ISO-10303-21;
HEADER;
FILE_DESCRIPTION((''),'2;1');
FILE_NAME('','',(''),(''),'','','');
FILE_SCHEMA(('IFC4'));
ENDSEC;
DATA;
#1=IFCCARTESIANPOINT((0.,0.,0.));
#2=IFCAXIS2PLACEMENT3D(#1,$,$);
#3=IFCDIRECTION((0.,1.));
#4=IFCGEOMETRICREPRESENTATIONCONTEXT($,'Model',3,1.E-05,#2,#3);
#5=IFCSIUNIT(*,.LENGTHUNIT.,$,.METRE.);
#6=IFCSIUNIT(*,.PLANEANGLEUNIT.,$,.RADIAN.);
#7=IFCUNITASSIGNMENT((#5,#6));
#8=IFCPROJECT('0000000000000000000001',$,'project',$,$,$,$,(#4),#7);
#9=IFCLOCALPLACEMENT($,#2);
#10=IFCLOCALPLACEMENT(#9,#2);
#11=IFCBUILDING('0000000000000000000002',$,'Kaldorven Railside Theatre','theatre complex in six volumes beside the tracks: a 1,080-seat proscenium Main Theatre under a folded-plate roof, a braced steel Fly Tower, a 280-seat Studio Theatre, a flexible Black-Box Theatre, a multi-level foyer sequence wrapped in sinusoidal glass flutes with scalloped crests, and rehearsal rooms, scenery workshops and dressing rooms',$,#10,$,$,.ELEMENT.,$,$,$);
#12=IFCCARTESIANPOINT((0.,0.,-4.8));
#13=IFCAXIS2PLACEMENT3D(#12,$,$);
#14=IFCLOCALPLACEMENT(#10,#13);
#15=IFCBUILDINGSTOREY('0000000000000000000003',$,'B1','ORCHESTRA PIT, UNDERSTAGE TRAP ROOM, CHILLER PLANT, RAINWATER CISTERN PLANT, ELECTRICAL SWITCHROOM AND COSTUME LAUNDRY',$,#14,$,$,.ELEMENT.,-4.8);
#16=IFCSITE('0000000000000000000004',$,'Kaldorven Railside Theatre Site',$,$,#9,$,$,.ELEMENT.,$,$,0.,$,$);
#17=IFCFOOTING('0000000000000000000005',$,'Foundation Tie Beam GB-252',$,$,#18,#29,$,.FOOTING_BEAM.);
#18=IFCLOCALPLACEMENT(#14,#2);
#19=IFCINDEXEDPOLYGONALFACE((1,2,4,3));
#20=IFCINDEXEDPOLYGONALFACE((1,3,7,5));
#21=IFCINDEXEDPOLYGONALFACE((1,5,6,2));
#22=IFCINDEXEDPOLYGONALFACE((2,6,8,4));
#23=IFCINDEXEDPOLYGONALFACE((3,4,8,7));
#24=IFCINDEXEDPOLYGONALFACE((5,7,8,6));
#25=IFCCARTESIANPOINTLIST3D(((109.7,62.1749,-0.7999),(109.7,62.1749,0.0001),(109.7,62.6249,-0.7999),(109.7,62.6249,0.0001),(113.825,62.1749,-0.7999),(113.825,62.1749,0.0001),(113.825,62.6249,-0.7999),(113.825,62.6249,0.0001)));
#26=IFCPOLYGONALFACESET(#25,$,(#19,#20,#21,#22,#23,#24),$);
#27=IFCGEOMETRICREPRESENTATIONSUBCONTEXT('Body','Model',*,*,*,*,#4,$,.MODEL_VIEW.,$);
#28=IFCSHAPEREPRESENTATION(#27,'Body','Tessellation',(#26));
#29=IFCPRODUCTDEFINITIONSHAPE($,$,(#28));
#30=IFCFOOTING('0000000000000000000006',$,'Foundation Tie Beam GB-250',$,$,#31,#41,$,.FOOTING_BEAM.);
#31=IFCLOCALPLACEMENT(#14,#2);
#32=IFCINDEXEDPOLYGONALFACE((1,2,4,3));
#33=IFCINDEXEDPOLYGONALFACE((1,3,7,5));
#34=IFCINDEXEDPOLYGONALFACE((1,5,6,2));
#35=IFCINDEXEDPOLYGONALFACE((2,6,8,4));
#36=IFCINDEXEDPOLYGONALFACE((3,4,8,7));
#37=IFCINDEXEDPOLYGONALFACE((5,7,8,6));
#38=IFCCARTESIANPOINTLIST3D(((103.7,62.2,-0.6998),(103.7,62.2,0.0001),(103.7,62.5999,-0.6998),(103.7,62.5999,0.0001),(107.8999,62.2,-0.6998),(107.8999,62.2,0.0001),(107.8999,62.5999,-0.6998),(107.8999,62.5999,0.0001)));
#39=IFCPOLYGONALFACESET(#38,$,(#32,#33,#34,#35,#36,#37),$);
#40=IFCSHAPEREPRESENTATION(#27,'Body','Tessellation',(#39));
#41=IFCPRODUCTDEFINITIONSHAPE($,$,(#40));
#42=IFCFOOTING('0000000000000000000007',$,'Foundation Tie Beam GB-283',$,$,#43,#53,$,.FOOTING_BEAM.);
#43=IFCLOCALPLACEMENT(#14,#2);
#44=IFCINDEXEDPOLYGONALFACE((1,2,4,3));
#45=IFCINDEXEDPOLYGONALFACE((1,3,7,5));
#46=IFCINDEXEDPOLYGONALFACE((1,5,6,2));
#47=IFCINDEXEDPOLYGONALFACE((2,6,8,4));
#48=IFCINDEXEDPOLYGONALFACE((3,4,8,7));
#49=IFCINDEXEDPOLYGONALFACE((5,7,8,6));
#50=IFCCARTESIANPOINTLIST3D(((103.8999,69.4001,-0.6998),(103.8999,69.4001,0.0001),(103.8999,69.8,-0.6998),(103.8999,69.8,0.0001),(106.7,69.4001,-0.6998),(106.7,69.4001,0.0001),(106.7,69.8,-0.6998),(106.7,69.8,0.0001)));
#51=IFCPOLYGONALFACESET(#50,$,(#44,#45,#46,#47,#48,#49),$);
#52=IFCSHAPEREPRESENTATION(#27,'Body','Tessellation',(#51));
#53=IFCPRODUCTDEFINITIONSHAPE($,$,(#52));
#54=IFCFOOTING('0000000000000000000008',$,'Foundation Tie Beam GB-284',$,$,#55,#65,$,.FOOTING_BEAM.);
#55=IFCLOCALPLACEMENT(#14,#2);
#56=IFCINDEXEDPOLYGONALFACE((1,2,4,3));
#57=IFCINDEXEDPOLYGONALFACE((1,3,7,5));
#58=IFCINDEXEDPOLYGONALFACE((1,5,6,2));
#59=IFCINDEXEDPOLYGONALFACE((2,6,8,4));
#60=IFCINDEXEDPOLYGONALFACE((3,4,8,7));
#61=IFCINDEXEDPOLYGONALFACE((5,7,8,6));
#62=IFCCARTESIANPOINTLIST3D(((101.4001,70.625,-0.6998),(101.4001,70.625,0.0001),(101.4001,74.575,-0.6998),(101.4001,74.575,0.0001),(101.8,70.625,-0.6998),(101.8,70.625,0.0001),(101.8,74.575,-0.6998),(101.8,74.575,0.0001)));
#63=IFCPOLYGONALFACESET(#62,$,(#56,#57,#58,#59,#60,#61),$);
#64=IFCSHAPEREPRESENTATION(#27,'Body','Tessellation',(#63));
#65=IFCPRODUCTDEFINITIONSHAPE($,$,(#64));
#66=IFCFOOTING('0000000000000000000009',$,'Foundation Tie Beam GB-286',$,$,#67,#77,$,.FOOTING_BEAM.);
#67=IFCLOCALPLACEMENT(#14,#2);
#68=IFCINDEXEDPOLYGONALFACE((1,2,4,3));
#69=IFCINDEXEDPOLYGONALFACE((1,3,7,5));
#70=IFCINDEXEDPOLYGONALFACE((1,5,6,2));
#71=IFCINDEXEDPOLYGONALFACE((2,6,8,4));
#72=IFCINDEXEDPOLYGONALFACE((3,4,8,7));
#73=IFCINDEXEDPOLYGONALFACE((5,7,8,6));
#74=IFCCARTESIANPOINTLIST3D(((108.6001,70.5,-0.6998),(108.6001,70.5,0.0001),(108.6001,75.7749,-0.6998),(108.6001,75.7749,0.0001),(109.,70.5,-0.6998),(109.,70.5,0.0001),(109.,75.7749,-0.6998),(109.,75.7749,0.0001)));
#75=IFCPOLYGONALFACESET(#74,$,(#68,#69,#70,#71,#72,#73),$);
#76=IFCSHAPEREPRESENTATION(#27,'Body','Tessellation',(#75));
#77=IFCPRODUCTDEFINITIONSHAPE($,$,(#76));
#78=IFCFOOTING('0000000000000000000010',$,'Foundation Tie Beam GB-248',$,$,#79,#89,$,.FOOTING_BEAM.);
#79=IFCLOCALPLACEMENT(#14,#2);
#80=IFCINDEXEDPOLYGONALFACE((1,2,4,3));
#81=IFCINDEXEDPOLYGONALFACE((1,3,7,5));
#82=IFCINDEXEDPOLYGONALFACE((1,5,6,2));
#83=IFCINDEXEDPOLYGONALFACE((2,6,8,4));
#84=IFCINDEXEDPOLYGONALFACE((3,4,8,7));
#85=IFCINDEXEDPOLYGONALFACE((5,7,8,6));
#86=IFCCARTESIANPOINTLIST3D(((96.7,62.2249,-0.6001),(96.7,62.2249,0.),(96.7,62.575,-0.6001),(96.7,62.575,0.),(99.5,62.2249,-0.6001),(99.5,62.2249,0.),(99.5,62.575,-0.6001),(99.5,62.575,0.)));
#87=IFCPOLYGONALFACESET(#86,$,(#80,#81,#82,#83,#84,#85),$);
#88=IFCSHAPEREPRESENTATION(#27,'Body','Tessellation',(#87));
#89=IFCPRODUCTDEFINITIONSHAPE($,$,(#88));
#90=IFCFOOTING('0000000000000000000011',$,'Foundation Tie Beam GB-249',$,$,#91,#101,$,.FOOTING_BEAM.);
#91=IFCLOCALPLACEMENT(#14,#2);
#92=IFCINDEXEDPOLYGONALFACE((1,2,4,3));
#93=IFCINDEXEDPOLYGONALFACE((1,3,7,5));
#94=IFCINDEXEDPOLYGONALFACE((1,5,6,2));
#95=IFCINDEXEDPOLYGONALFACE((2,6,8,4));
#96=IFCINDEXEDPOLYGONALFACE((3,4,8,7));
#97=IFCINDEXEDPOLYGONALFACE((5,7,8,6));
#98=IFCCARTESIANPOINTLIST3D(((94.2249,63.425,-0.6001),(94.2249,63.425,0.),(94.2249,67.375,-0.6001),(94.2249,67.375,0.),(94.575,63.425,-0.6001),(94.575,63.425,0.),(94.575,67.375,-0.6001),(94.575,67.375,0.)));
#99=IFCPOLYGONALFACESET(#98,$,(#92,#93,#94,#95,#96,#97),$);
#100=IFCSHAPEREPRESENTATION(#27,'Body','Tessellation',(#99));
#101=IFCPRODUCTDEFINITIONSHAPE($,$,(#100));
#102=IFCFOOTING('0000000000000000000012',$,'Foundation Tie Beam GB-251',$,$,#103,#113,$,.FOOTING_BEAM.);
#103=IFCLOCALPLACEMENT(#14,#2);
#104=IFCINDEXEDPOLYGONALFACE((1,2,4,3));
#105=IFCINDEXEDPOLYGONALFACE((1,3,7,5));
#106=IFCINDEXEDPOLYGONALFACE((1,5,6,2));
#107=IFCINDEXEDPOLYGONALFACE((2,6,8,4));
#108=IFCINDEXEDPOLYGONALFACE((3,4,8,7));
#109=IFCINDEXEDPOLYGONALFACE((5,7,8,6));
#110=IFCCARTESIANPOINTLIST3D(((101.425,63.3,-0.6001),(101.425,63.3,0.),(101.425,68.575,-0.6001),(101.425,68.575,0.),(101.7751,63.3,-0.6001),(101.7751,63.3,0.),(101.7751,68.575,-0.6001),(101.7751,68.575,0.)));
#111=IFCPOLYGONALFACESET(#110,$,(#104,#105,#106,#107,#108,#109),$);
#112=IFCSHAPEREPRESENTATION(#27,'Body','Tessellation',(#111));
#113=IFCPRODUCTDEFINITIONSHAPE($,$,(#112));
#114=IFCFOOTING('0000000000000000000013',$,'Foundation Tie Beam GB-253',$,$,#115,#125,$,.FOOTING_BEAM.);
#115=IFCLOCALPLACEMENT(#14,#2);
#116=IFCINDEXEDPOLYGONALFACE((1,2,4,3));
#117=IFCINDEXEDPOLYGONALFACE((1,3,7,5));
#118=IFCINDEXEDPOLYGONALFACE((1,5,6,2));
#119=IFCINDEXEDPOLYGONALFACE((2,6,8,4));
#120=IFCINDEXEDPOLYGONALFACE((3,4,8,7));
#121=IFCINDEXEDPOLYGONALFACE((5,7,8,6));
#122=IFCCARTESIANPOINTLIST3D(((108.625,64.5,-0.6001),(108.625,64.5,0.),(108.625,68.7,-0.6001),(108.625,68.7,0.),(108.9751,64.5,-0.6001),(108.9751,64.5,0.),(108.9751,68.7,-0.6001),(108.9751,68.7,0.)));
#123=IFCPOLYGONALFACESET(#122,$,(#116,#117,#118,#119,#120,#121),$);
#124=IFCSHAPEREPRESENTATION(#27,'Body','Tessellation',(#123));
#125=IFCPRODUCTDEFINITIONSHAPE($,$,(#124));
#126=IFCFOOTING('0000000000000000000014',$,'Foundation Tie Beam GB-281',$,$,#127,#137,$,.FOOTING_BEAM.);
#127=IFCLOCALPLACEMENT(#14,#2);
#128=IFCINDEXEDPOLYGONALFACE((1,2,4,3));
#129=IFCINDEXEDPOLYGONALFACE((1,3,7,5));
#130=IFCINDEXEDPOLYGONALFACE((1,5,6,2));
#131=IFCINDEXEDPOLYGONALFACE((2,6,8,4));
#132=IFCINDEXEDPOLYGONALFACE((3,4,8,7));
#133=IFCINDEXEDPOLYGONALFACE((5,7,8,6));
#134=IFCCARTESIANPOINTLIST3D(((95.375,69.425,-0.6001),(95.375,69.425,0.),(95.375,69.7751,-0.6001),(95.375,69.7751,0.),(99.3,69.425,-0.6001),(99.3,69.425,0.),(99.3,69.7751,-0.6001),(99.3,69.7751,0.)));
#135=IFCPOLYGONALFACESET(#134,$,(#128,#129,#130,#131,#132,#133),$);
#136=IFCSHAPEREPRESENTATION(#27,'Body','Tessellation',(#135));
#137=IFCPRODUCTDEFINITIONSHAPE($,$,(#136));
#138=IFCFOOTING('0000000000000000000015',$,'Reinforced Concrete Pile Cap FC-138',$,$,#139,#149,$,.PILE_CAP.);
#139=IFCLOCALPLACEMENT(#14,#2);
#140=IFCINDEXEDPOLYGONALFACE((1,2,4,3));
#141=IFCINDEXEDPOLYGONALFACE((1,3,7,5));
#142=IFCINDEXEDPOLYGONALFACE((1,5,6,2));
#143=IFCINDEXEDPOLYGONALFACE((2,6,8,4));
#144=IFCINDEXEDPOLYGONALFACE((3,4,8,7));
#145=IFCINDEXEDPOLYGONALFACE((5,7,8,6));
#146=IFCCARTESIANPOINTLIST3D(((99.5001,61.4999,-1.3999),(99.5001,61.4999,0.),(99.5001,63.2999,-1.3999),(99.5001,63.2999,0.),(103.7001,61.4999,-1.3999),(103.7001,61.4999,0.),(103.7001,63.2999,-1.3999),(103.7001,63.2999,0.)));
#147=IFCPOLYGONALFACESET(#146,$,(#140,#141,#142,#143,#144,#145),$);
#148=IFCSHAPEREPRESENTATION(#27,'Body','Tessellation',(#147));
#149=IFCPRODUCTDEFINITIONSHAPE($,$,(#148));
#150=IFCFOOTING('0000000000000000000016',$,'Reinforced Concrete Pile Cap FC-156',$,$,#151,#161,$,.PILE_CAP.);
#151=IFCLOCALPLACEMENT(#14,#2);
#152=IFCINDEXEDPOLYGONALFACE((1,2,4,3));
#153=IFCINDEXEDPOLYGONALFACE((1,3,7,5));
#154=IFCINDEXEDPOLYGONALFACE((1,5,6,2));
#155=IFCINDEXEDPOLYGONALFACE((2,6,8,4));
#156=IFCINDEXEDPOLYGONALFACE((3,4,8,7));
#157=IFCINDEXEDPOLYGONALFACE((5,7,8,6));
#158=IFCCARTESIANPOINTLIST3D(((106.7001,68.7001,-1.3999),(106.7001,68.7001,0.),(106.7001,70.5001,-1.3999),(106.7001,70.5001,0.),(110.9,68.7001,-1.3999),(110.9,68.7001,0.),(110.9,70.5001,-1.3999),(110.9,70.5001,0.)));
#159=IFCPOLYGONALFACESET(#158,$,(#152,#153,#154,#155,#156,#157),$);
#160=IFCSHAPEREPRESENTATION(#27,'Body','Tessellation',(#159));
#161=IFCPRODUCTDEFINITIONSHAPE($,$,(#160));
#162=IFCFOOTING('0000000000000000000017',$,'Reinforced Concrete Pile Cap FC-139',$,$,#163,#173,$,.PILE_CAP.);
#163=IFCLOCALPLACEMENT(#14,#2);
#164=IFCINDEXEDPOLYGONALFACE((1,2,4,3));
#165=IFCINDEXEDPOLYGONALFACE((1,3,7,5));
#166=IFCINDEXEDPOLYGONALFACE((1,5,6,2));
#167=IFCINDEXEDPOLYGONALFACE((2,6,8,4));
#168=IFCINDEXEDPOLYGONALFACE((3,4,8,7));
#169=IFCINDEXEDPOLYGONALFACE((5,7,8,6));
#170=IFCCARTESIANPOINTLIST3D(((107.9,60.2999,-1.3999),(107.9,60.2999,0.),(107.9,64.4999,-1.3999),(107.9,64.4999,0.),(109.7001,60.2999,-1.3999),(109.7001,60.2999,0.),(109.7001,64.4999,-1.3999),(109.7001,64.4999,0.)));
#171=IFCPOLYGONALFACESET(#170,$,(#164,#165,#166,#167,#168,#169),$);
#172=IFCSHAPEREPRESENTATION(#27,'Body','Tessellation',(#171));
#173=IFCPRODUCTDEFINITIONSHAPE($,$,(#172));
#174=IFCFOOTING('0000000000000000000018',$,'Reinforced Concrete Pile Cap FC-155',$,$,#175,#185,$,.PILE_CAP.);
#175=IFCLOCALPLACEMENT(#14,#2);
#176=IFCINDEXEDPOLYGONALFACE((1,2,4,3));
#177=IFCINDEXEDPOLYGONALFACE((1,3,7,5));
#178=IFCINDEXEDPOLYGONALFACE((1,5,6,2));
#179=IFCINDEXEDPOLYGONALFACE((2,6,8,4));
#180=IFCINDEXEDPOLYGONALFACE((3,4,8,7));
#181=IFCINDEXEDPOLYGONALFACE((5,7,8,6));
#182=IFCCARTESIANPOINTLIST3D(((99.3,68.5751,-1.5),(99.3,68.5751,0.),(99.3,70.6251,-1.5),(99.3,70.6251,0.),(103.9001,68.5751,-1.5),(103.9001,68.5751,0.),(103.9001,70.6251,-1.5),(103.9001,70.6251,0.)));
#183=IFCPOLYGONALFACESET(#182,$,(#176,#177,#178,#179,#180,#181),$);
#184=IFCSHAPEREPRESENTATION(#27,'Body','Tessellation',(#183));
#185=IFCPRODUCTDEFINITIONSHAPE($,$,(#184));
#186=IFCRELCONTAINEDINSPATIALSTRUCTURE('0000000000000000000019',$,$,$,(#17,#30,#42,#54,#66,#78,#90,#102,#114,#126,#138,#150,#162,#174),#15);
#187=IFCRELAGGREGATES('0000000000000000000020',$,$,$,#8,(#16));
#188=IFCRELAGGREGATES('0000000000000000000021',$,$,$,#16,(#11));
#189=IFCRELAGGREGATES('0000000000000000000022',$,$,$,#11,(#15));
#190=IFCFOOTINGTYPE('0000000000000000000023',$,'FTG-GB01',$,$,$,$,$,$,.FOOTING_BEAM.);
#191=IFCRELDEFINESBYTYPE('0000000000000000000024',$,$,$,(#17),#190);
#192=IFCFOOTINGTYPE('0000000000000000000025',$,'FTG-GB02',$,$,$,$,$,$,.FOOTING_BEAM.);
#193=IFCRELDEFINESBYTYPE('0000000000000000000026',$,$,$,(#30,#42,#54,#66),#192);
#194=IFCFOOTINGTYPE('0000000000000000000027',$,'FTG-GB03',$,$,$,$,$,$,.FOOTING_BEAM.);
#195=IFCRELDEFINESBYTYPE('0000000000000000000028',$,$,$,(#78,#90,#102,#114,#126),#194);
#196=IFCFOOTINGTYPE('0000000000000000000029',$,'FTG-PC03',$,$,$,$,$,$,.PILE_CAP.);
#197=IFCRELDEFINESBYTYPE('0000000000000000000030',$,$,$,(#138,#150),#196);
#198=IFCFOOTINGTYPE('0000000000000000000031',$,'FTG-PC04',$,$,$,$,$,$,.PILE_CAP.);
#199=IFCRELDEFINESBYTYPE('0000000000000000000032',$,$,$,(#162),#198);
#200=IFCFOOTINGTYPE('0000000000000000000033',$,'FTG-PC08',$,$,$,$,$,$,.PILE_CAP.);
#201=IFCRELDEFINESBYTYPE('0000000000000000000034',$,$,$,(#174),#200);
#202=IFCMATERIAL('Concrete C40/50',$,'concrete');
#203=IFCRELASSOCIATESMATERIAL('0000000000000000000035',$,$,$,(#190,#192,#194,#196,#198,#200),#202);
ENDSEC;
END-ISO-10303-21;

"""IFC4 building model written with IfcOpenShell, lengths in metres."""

from ifc_helpers import new_model, si_unit, direction, frame, origin, origin_2d, place, context, subcontext, project, spatial, rectangle, extrude, material, material_profile, profile_set, type_object, element, save


model = new_model("IFC4")

# Units and contexts
model_context = context("Model", 3, precision=1e-05, world=origin(), true_north=direction((0.0, 1.0)))
body_context = subcontext(model_context, "Body", "Model", "MODEL_VIEW")
ifc_project = project(units=[si_unit("LENGTHUNIT", "METRE"), si_unit("PLANEANGLEUNIT", "RADIAN")], contexts=[model_context])

# Site, building, storey
site_placement = place(None, origin())
site = spatial("IfcSite", under=ifc_project, at=site_placement, Name="Kaldorven Railside Theatre Site", CompositionType="ELEMENT", RefElevation=0.0)
building_placement = place(site_placement, origin())
building = spatial("IfcBuilding", under=site, at=building_placement, Name="Kaldorven Railside Theatre", Description="theatre complex in six volumes beside the tracks: a 1,080-seat proscenium Main Theatre under a folded-plate roof, a braced steel Fly Tower, a 280-seat Studio Theatre, a flexible Black-Box Theatre, a multi-level foyer sequence wrapped in sinusoidal glass flutes with scalloped crests, and rehearsal rooms, scenery workshops and dressing rooms", CompositionType="ELEMENT")
storey_placement = place(building_placement, frame((0.0, 0.0, -4.8)))
storey = spatial("IfcBuildingStorey", under=building, at=storey_placement, Name="B1", Description="ORCHESTRA PIT, UNDERSTAGE TRAP ROOM, CHILLER PLANT, RAINWATER CISTERN PLANT, ELECTRICAL SWITCHROOM AND COSTUME LAUNDRY", CompositionType="ELEMENT", Elevation=-4.8)

# Footings
ifc_material_1 = material(Name="Concrete C40/50", Category="concrete")
ifc_material_profile_1 = material_profile(ifc_material_1, rectangle(XDim=0.45, YDim=0.8, at=origin_2d()), Name="RC 450x800")
ifc_profile_set_1 = profile_set([ifc_material_profile_1], Name="Concrete C40/50")
footing_type_1 = type_object("IfcFootingType", Name="FTG-GB01", PredefinedType="FOOTING_BEAM", material=ifc_profile_set_1)
footing_1_placement = place(storey_placement, frame((109.7, 62.3999, -0.3999), z_axis=(1.0, 0.0, 0.0), x_axis=(0.0, 1.0, 0.0)))
element("IfcFooting", 1, at=footing_1_placement, inside=storey, type_object=footing_type_1, Name="Foundation Tie Beam GB-252", PredefinedType="FOOTING_BEAM", context=body_context, shape_type="SweptSolid", body=[
    extrude(rectangle(XDim=0.45, YDim=0.8, at=origin_2d()), origin(), (0.0, 0.0, 1.0), 4.125),
])
ifc_material_profile_2 = material_profile(ifc_material_1, rectangle(XDim=0.3999, YDim=0.7, at=origin_2d()), Name="RC 400x700")
ifc_profile_set_2 = profile_set([ifc_material_profile_2], Name="Concrete C40/50")
footing_type_2 = type_object("IfcFootingType", Name="FTG-GB02", PredefinedType="FOOTING_BEAM", material=ifc_profile_set_2)
footing_2_placement = place(storey_placement, frame((103.7, 62.3999, -0.3499), z_axis=(1.0, 0.0, 0.0), x_axis=(0.0, 1.0, 0.0)))
element("IfcFooting", 2, at=footing_2_placement, inside=storey, type_object=footing_type_2, Name="Foundation Tie Beam GB-250", PredefinedType="FOOTING_BEAM", context=body_context, shape_type="SweptSolid", body=[
    extrude(rectangle(XDim=0.3999, YDim=0.7, at=origin_2d()), origin(), (0.0, 0.0, 1.0), 4.2),
])
footing_3_placement = place(storey_placement, frame((103.8999, 69.6001, -0.3499), z_axis=(1.0, 0.0, 0.0), x_axis=(0.0, 1.0, 0.0)))
element("IfcFooting", 3, at=footing_3_placement, inside=storey, type_object=footing_type_2, Name="Foundation Tie Beam GB-283", PredefinedType="FOOTING_BEAM", context=body_context, shape_type="SweptSolid", body=[
    extrude(rectangle(XDim=0.3999, YDim=0.7, at=origin_2d()), origin(), (0.0, 0.0, 1.0), 2.8),
])
footing_4_placement = place(storey_placement, frame((101.6001, 70.625, -0.3499), z_axis=(0.0, 1.0, 0.0), x_axis=(-1.0, 0.0, 0.0)))
element("IfcFooting", 4, at=footing_4_placement, inside=storey, type_object=footing_type_2, Name="Foundation Tie Beam GB-284", PredefinedType="FOOTING_BEAM", context=body_context, shape_type="SweptSolid", body=[
    extrude(rectangle(XDim=0.3999, YDim=0.7, at=origin_2d()), origin(), (0.0, 0.0, 1.0), 3.95),
])
footing_5_placement = place(storey_placement, frame((108.8, 70.5, -0.3499), z_axis=(0.0, 1.0, 0.0), x_axis=(-1.0, 0.0, 0.0)))
element("IfcFooting", 5, at=footing_5_placement, inside=storey, type_object=footing_type_2, Name="Foundation Tie Beam GB-286", PredefinedType="FOOTING_BEAM", context=body_context, shape_type="SweptSolid", body=[
    extrude(rectangle(XDim=0.3999, YDim=0.7, at=origin_2d()), origin(), (0.0, 0.0, 1.0), 5.2749),
])
ifc_material_profile_3 = material_profile(ifc_material_1, rectangle(XDim=0.3501, YDim=0.6001, at=origin_2d()), Name="RC 350x600")
ifc_profile_set_3 = profile_set([ifc_material_profile_3], Name="Concrete C40/50")
footing_type_3 = type_object("IfcFootingType", Name="FTG-GB03", PredefinedType="FOOTING_BEAM", material=ifc_profile_set_3)
footing_6_placement = place(storey_placement, frame((96.7, 62.3999, -0.3), z_axis=(1.0, 0.0, 0.0), x_axis=(0.0, 1.0, 0.0)))
element("IfcFooting", 6, at=footing_6_placement, inside=storey, type_object=footing_type_3, Name="Foundation Tie Beam GB-248", PredefinedType="FOOTING_BEAM", context=body_context, shape_type="SweptSolid", body=[
    extrude(rectangle(XDim=0.3501, YDim=0.6001, at=origin_2d()), origin(), (0.0, 0.0, 1.0), 2.8),
])
footing_7_placement = place(storey_placement, frame((94.3999, 63.425, -0.3), z_axis=(0.0, 1.0, 0.0), x_axis=(-1.0, 0.0, 0.0)))
element("IfcFooting", 7, at=footing_7_placement, inside=storey, type_object=footing_type_3, Name="Foundation Tie Beam GB-249", PredefinedType="FOOTING_BEAM", context=body_context, shape_type="SweptSolid", body=[
    extrude(rectangle(XDim=0.3501, YDim=0.6001, at=origin_2d()), origin(), (0.0, 0.0, 1.0), 3.95),
])
footing_8_placement = place(storey_placement, frame((101.6001, 63.3, -0.3), z_axis=(0.0, 1.0, 0.0), x_axis=(-1.0, 0.0, 0.0)))
element("IfcFooting", 8, at=footing_8_placement, inside=storey, type_object=footing_type_3, Name="Foundation Tie Beam GB-251", PredefinedType="FOOTING_BEAM", context=body_context, shape_type="SweptSolid", body=[
    extrude(rectangle(XDim=0.3501, YDim=0.6001, at=origin_2d()), origin(), (0.0, 0.0, 1.0), 5.2749),
])
footing_9_placement = place(storey_placement, frame((108.8, 64.5, -0.3), z_axis=(0.0, 1.0, 0.0), x_axis=(-1.0, 0.0, 0.0)))
element("IfcFooting", 9, at=footing_9_placement, inside=storey, type_object=footing_type_3, Name="Foundation Tie Beam GB-253", PredefinedType="FOOTING_BEAM", context=body_context, shape_type="SweptSolid", body=[
    extrude(rectangle(XDim=0.3501, YDim=0.6001, at=origin_2d()), origin(), (0.0, 0.0, 1.0), 4.2),
])
footing_10_placement = place(storey_placement, frame((95.375, 69.6001, -0.3), z_axis=(1.0, 0.0, 0.0), x_axis=(0.0, 1.0, 0.0)))
element("IfcFooting", 10, at=footing_10_placement, inside=storey, type_object=footing_type_3, Name="Foundation Tie Beam GB-281", PredefinedType="FOOTING_BEAM", context=body_context, shape_type="SweptSolid", body=[
    extrude(rectangle(XDim=0.3501, YDim=0.6001, at=origin_2d()), origin(), (0.0, 0.0, 1.0), 3.925),
])
footing_type_4 = type_object("IfcFootingType", Name="FTG-PC03", PredefinedType="PILE_CAP", material=ifc_material_1)
for number, where, z_axis, x_axis, name in (
    (11, (101.6001, 62.3999, -1.3999), (0.0, 0.0, 1.0), (1.0, 0.0, 0.0), "Reinforced Concrete Pile Cap FC-138"),
    (12, (108.8, 69.6001, -1.3999), (0.0, 0.0, 1.0), (1.0, 0.0, 0.0), "Reinforced Concrete Pile Cap FC-156"),
):
    element("IfcFooting", number, at=place(storey_placement, frame(where, z_axis=z_axis, x_axis=x_axis)), inside=storey, type_object=footing_type_4, Name=name, PredefinedType="PILE_CAP", context=body_context, shape_type="SweptSolid", body=[
        extrude(rectangle(XDim=4.2, YDim=1.8, at=origin_2d()), origin(), (0.0, 0.0, 1.0), 1.3999),
    ])
footing_type_5 = type_object("IfcFootingType", Name="FTG-PC04", PredefinedType="PILE_CAP", material=ifc_material_1)
footing_11_placement = place(storey_placement, frame((108.8, 62.3999, -1.3999), z_axis=(0.0, 0.0, 1.0), x_axis=(1.0, 0.0, 0.0)))
element("IfcFooting", 13, at=footing_11_placement, inside=storey, type_object=footing_type_5, Name="Reinforced Concrete Pile Cap FC-139", PredefinedType="PILE_CAP", context=body_context, shape_type="SweptSolid", body=[
    extrude(rectangle(XDim=1.8, YDim=4.2, at=origin_2d()), origin(), (0.0, 0.0, 1.0), 1.3999),
])
footing_type_6 = type_object("IfcFootingType", Name="FTG-PC08", PredefinedType="PILE_CAP", material=ifc_material_1)
footing_12_placement = place(storey_placement, frame((101.6001, 69.6001, -1.5), z_axis=(0.0, 0.0, 1.0), x_axis=(1.0, 0.0, 0.0)))
element("IfcFooting", 14, at=footing_12_placement, inside=storey, type_object=footing_type_6, Name="Reinforced Concrete Pile Cap FC-155", PredefinedType="PILE_CAP", context=body_context, shape_type="SweptSolid", body=[
    extrude(rectangle(XDim=4.6001, YDim=2.05, at=origin_2d()), origin(), (0.0, 0.0, 1.0), 1.5),
])

save(model, "model.ifc")
